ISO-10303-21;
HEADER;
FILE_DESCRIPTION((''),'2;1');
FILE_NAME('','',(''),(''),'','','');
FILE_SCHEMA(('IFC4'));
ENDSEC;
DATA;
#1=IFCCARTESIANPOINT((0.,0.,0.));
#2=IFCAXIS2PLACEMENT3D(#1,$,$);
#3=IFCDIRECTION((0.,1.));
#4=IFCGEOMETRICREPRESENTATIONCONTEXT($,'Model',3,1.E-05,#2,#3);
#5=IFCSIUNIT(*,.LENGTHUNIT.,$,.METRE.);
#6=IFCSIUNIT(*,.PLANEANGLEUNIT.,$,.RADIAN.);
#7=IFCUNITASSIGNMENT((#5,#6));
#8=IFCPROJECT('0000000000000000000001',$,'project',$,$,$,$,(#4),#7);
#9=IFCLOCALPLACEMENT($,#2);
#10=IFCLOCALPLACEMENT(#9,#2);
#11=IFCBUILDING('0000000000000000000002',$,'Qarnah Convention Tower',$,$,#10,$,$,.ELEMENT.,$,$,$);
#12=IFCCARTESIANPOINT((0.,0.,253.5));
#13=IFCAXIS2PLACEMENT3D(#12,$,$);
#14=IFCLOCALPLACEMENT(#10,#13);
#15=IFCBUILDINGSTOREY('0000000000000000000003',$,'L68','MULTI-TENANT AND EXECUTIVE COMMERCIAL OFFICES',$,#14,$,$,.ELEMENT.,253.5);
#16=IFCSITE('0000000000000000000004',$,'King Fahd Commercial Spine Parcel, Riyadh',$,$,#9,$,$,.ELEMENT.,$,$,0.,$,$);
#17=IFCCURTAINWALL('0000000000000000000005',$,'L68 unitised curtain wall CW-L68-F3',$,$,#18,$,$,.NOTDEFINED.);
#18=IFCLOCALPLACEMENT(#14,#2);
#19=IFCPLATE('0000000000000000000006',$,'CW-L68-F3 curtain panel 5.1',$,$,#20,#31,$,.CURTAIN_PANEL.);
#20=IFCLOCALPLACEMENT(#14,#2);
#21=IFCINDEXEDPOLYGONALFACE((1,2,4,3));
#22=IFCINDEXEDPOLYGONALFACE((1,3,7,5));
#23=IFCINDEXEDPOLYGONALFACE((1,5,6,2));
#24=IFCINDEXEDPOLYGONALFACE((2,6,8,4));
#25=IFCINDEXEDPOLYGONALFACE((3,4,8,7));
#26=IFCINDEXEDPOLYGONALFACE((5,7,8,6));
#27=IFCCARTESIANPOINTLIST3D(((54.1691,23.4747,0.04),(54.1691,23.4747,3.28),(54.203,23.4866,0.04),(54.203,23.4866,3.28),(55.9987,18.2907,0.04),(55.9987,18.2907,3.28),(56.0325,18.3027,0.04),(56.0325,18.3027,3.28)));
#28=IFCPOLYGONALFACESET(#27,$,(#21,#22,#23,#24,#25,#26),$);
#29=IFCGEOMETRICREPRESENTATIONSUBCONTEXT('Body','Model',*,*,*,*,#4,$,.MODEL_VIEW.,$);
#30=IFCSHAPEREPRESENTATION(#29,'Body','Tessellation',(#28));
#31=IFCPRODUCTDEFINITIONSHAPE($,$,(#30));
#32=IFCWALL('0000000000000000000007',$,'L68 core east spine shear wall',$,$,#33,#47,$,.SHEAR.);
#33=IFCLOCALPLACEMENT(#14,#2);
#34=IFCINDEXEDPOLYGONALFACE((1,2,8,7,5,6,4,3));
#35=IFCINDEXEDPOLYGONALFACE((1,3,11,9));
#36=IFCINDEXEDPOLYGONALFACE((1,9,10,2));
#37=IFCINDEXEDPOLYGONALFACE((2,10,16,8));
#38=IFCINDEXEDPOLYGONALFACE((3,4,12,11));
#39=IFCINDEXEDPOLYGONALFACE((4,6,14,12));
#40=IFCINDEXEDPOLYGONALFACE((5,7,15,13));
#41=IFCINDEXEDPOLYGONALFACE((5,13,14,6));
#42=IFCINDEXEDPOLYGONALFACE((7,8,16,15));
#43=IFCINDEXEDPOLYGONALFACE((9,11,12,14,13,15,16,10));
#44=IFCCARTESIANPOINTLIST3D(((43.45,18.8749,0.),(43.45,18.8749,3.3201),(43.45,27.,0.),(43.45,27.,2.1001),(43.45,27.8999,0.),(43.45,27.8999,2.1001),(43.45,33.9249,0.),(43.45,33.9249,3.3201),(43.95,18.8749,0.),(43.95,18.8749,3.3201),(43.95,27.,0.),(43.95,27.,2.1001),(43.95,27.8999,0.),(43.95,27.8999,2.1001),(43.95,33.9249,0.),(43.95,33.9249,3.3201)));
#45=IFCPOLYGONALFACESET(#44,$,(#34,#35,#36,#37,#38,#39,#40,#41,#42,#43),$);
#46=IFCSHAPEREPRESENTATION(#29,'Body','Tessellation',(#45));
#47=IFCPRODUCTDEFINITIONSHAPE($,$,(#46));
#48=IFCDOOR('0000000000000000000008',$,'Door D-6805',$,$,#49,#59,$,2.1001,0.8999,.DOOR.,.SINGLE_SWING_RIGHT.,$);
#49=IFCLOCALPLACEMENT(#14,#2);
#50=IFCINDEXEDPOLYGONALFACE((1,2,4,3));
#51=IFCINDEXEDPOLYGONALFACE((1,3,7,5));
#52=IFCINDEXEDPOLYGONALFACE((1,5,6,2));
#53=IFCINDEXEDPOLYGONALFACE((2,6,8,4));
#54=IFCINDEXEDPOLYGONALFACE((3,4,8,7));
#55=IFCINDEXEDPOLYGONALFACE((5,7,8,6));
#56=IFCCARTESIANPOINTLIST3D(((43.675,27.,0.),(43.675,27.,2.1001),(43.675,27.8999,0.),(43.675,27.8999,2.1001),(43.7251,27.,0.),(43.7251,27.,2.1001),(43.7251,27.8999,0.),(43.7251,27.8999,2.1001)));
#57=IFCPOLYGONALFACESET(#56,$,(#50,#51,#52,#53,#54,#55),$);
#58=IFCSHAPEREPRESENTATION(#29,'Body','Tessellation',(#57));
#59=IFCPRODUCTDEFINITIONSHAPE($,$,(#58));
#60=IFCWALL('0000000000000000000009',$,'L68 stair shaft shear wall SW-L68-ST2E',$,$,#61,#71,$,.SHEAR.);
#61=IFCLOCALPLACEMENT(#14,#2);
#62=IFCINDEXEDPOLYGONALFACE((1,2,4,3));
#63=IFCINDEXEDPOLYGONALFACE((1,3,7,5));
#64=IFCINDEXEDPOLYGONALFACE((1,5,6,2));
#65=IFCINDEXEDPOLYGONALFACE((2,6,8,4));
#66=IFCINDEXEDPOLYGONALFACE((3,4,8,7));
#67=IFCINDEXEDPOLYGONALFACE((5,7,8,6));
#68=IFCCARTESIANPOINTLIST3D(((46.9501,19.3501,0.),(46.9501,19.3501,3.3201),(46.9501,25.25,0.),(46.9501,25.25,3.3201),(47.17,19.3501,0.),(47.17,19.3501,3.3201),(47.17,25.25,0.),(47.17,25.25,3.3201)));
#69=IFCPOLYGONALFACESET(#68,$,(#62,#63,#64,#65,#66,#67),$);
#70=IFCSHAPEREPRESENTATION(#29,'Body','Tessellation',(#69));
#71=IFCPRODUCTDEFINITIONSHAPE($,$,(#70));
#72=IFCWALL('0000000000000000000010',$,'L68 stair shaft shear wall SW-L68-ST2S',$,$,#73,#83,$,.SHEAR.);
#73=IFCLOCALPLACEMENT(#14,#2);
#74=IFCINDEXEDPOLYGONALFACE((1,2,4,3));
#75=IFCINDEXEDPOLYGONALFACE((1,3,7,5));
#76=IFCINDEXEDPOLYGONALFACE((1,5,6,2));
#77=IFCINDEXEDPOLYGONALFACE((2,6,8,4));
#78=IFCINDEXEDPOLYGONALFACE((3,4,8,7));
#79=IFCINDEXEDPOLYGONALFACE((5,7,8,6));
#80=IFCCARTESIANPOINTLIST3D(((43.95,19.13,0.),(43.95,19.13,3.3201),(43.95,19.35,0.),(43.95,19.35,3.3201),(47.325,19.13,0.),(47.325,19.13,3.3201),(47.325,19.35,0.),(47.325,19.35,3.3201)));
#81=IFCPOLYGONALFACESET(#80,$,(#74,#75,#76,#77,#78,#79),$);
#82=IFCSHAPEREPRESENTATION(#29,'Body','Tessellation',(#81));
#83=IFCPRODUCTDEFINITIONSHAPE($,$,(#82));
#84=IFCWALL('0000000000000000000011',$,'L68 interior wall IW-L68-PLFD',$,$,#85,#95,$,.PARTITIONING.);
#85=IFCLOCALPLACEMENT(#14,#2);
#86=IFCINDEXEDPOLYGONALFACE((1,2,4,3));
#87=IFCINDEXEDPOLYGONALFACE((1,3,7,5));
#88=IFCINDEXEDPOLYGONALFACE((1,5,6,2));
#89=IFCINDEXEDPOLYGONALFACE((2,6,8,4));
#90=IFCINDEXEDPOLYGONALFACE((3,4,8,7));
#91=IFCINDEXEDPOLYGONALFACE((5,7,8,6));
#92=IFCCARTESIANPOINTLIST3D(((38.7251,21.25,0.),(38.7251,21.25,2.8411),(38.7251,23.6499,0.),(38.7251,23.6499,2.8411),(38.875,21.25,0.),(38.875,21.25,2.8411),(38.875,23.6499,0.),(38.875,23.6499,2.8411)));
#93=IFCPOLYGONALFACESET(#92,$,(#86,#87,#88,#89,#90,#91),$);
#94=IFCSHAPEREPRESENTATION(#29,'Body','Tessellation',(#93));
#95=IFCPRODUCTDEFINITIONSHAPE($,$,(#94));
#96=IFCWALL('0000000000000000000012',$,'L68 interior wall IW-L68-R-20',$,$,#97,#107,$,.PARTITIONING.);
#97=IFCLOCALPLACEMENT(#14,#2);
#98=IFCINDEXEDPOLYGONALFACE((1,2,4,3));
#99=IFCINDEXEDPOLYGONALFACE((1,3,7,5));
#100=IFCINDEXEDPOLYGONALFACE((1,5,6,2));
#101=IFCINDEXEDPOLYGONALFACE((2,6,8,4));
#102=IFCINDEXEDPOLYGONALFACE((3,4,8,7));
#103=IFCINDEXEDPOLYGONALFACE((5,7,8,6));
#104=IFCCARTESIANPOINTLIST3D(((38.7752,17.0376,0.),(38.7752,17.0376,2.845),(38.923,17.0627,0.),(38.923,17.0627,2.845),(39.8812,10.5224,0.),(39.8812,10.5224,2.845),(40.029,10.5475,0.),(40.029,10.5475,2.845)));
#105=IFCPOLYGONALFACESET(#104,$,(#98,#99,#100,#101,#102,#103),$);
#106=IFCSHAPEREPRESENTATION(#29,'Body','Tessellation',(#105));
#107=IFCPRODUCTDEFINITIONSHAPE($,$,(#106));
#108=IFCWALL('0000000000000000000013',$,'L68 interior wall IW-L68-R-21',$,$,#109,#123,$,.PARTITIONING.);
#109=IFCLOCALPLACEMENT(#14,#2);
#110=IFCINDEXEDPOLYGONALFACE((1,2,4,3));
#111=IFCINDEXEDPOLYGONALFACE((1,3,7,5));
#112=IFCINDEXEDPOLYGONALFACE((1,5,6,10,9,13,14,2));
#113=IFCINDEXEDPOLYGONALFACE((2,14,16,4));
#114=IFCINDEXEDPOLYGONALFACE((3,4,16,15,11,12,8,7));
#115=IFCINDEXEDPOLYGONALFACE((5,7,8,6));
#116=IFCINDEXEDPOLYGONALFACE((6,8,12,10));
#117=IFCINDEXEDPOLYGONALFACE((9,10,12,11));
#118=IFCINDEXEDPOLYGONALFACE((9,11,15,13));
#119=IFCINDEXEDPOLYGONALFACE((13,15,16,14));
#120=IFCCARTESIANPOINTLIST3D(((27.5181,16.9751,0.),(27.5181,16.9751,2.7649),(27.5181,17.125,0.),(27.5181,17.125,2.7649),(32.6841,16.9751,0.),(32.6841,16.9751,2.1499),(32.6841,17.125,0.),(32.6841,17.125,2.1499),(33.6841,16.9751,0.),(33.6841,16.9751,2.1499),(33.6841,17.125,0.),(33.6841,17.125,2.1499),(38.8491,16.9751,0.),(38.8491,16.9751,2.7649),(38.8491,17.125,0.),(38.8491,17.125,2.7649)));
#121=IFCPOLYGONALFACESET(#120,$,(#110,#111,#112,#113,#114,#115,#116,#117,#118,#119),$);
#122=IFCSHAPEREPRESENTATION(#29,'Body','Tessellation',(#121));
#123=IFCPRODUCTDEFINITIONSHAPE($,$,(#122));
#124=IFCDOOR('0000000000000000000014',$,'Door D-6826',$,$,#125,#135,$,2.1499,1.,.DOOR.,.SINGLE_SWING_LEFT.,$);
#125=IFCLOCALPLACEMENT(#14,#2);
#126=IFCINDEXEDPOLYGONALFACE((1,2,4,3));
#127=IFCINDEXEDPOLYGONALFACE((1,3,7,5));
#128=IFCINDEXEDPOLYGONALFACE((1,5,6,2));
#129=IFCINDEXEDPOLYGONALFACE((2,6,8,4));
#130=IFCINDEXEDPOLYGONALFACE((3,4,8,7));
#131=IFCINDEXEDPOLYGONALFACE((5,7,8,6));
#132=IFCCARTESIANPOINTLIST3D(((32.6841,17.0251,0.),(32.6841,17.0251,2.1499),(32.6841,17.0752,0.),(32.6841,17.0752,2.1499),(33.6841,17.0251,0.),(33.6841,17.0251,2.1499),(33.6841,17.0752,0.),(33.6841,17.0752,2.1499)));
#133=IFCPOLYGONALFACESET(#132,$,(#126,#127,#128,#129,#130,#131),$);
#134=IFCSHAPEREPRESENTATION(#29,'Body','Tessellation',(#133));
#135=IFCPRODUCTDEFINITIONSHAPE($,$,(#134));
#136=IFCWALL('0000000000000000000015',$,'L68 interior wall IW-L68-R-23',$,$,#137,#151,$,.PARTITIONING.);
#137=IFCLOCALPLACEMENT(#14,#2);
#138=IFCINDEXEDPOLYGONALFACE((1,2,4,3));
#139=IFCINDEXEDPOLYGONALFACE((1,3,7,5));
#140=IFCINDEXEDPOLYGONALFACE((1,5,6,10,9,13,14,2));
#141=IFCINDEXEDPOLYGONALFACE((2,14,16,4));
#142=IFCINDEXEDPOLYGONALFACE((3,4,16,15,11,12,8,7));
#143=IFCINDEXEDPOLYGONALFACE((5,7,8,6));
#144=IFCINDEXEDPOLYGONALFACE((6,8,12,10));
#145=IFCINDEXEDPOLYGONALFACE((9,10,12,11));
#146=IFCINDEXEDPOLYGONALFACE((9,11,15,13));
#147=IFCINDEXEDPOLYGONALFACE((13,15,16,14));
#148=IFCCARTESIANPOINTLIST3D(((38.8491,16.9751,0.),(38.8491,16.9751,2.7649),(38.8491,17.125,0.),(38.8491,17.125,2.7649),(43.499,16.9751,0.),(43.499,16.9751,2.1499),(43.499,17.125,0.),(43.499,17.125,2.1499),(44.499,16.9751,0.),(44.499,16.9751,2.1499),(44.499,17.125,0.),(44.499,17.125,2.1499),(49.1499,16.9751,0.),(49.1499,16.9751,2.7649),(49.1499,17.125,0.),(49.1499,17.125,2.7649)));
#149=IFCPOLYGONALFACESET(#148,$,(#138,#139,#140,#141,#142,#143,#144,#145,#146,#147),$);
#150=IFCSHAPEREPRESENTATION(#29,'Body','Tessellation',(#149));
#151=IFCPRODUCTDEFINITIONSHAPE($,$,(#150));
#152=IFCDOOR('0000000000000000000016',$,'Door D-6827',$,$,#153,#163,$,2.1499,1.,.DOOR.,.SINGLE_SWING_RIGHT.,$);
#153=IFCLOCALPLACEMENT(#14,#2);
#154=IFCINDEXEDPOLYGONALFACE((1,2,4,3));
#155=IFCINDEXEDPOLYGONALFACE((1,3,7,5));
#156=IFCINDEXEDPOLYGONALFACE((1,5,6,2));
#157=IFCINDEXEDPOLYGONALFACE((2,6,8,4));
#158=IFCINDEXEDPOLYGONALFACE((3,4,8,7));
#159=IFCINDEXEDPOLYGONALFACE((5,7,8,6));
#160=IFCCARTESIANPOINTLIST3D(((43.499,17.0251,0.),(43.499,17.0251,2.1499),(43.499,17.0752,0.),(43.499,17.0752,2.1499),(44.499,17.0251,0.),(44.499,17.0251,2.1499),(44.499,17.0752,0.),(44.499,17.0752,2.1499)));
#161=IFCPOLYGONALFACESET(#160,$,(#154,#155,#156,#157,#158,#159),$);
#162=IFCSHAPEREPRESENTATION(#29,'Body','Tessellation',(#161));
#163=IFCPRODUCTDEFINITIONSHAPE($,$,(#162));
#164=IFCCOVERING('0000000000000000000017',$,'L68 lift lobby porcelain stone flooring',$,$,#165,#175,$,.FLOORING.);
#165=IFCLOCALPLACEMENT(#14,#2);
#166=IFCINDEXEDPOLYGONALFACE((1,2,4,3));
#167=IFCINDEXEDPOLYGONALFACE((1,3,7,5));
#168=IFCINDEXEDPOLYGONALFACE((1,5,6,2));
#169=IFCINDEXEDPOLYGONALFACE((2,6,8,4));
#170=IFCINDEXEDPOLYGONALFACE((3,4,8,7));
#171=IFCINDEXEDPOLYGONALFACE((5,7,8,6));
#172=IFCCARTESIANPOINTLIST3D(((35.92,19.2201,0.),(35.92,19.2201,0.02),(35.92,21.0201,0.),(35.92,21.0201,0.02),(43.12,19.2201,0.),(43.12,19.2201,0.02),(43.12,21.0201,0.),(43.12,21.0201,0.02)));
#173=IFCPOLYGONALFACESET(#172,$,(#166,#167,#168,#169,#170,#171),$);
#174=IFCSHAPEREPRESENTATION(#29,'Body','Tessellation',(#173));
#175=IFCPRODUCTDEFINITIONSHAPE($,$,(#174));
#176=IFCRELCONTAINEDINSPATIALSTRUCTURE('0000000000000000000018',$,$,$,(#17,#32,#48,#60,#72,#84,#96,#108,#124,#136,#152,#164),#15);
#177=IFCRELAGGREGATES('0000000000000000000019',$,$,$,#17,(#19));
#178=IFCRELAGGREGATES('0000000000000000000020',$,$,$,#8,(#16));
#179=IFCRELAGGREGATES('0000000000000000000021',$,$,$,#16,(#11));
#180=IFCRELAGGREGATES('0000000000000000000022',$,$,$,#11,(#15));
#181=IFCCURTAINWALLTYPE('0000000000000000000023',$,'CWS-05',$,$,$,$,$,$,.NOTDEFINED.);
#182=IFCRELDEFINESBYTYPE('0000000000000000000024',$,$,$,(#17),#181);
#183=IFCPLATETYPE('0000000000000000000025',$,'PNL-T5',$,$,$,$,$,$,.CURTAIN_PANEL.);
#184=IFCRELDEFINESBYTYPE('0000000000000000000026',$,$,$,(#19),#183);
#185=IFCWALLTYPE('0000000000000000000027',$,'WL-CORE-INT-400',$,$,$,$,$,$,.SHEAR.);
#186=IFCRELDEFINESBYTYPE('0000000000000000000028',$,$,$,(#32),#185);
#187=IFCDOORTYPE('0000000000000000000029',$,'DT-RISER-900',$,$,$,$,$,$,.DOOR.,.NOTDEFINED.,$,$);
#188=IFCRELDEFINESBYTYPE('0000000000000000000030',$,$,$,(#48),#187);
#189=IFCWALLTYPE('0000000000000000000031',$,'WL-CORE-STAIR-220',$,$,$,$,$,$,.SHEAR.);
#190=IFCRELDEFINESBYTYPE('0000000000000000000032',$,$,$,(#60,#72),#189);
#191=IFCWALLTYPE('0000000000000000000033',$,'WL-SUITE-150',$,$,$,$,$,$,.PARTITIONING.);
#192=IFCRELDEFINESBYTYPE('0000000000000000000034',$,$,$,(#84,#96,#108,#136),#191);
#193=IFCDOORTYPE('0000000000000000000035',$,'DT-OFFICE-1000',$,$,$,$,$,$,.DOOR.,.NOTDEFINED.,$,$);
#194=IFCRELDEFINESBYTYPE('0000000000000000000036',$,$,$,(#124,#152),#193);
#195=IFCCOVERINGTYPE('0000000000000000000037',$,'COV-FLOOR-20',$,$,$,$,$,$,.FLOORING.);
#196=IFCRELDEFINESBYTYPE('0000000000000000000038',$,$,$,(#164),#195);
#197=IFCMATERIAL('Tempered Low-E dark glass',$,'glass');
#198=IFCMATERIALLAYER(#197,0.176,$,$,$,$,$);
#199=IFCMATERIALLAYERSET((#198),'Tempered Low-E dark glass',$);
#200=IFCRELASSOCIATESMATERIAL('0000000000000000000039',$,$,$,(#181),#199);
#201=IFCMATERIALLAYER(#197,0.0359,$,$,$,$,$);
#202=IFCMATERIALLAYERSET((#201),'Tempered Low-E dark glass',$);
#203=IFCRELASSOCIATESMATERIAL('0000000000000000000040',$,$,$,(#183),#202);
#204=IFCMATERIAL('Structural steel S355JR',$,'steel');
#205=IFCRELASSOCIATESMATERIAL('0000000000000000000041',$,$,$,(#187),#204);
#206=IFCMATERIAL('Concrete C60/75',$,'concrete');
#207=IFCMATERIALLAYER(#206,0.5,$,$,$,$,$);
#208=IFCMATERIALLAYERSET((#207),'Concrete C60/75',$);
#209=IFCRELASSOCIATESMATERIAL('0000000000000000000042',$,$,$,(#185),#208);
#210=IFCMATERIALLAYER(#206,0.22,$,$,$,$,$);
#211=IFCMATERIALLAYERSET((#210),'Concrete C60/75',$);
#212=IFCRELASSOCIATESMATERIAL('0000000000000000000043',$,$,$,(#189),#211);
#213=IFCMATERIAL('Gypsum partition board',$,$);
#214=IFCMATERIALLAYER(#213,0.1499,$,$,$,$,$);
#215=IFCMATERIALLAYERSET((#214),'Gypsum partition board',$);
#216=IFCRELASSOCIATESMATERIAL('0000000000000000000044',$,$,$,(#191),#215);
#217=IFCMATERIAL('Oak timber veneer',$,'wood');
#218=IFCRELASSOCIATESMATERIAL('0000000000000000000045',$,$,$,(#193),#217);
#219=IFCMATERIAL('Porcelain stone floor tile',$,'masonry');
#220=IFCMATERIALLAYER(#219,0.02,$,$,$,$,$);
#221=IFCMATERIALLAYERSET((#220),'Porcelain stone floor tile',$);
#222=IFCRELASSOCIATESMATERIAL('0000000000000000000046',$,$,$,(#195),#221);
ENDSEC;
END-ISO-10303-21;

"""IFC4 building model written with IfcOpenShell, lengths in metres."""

from ifc_helpers import new_model, si_unit, direction, frame, frame_2d, origin, origin_2d, place, context, subcontext, project, spatial, rectangle, extrude, material, layer, layer_set, type_object, element, fill, aggregate, save


model = new_model("IFC4")

# Units and contexts
model_context = context("Model", 3, precision=1e-05, world=origin(), true_north=direction((0.0, 1.0)))
body_context = subcontext(model_context, "Body", "Model", "MODEL_VIEW")
ifc_project = project(units=[si_unit("LENGTHUNIT", "METRE"), si_unit("PLANEANGLEUNIT", "RADIAN")], contexts=[model_context])

# Site, building, storey
site_placement = place(None, origin())
site = spatial("IfcSite", under=ifc_project, at=site_placement, Name="King Fahd Commercial Spine Parcel, Riyadh", CompositionType="ELEMENT", RefElevation=0.0)
building_placement = place(site_placement, origin())
building = spatial("IfcBuilding", under=site, at=building_placement, Name="Qarnah Convention Tower", CompositionType="ELEMENT")
storey_placement = place(building_placement, frame((0.0, 0.0, 253.5)))
storey = spatial("IfcBuildingStorey", under=building, at=storey_placement, Name="L68", Description="MULTI-TENANT AND EXECUTIVE COMMERCIAL OFFICES", CompositionType="ELEMENT", Elevation=253.5)

# Shared definitions
ifc_material_1 = material(Name="Structural steel S355JR", Category="steel")

# Shared definitions
ifc_material_2 = material(Name="Tempered Low-E dark glass", Category="glass")
ifc_layer_1 = layer(ifc_material_2, 0.176)
ifc_layer_set_1 = layer_set([ifc_layer_1], Name="Tempered Low-E dark glass")
curtain_wall_type = type_object("IfcCurtainWallType", Name="CWS-05", PredefinedType="NOTDEFINED", material=ifc_layer_set_1)

# Curtain wall
curtain_wall_1_placement = place(storey_placement, origin())
curtain_wall_1 = element("IfcCurtainWall", 1, at=curtain_wall_1_placement, inside=storey, type_object=curtain_wall_type, Name="L68 unitised curtain wall CW-L68-F3", PredefinedType="NOTDEFINED")

# Plate
ifc_layer_2 = layer(ifc_material_2, 0.0359)
ifc_layer_set_2 = layer_set([ifc_layer_2], Name="Tempered Low-E dark glass")
plate_type = type_object("IfcPlateType", Name="PNL-T5", PredefinedType="CURTAIN_PANEL", material=ifc_layer_set_2)
plate_1_placement = place(storey_placement, frame((55.1008, 20.8887, 0.04), z_axis=(0.0, 0.0, 1.0), x_axis=(0.332811, -0.942994, 0.0)))
plate_1 = element("IfcPlate", 2, at=plate_1_placement, type_object=plate_type, Name="CW-L68-F3 curtain panel 5.1", PredefinedType="CURTAIN_PANEL", context=body_context, shape_type="SweptSolid", body=[
    extrude(rectangle(XDim=5.4973, YDim=0.0359, at=origin_2d()), origin(), (0.0, 0.0, 1.0), 3.24),
])
aggregate(curtain_wall_1, [plate_1])

# Shared definitions
ifc_material_3 = material(Name="Concrete C60/75", Category="concrete")
door_type_1 = type_object("IfcDoorType", Name="DT-RISER-900", OperationType="NOTDEFINED", PredefinedType="DOOR", material=ifc_material_1)

# Wall, opening, door
ifc_layer_3 = layer(ifc_material_3, 0.5)
ifc_layer_set_3 = layer_set([ifc_layer_3], Name="Concrete C60/75")
wall_type_1 = type_object("IfcWallType", Name="WL-CORE-INT-400", PredefinedType="SHEAR", material=ifc_layer_set_3)
wall_1_placement = place(storey_placement, frame((43.7, 18.875, 0.0), z_axis=(0.0, 0.0, 1.0), x_axis=(0.0, 1.0, 0.0)))
wall_1 = element("IfcWall", 3, at=wall_1_placement, inside=storey, type_object=wall_type_1, Name="L68 core east spine shear wall", PredefinedType="SHEAR", context=body_context, shape_type="SweptSolid", body=[
    extrude(rectangle(XDim=15.05, YDim=0.5, at=frame_2d((7.5249, 0.0))), origin(), (0.0, 0.0, 1.0), 3.3201),
])
opening_1_placement = place(wall_1_placement, frame((8.125, 0.0, 0.0)))
opening_1 = element("IfcOpeningElement", 4, at=opening_1_placement, cuts=wall_1, PredefinedType="OPENING", context=body_context, shape_type="SweptSolid", body=[
    extrude(rectangle(XDim=0.8999, YDim=2.1001, at=frame_2d((0.45, 1.05))), frame((0.0, 0.26, 0.0), z_axis=(0.0, -1.0, 0.0), x_axis=(1.0, 0.0, 0.0)), (0.0, 0.0, 1.0), 0.52),
])
door_1_placement = place(opening_1_placement, origin())
door_1 = element("IfcDoor", 5, at=door_1_placement, inside=storey, type_object=door_type_1, Name="Door D-6805", OperationType="SINGLE_SWING_RIGHT", OverallHeight=2.1001, OverallWidth=0.8999, PredefinedType="DOOR", context=body_context, shape_type="SweptSolid", body=[
    extrude(rectangle(XDim=0.8999, YDim=2.1001, at=frame_2d((0.45, 1.05))), frame((0.0, 0.0249, 0.0), z_axis=(0.0, -1.0, 0.0), x_axis=(1.0, 0.0, 0.0)), (0.0, 0.0, 1.0), 0.05),
])
fill(opening_1, door_1)

# Walls
ifc_layer_4 = layer(ifc_material_3, 0.22)
ifc_layer_set_4 = layer_set([ifc_layer_4], Name="Concrete C60/75")
wall_type_2 = type_object("IfcWallType", Name="WL-CORE-STAIR-220", PredefinedType="SHEAR", material=ifc_layer_set_4)
wall_2_placement = place(storey_placement, frame((47.0601, 19.3501, 0.0), z_axis=(0.0, 0.0, 1.0), x_axis=(0.0, 1.0, 0.0)))
element("IfcWall", 6, at=wall_2_placement, inside=storey, type_object=wall_type_2, Name="L68 stair shaft shear wall SW-L68-ST2E", PredefinedType="SHEAR", context=body_context, shape_type="SweptSolid", body=[
    extrude(rectangle(XDim=5.8999, YDim=0.22, at=frame_2d((2.95, 0.0))), origin(), (0.0, 0.0, 1.0), 3.3201),
])
wall_3_placement = place(storey_placement, frame((43.95, 19.24, 0.0), z_axis=(0.0, 0.0, 1.0), x_axis=(1.0, 0.0, 0.0)))
element("IfcWall", 7, at=wall_3_placement, inside=storey, type_object=wall_type_2, Name="L68 stair shaft shear wall SW-L68-ST2S", PredefinedType="SHEAR", context=body_context, shape_type="SweptSolid", body=[
    extrude(rectangle(XDim=3.375, YDim=0.22, at=frame_2d((1.6875, 0.0))), origin(), (0.0, 0.0, 1.0), 3.3201),
])

# Walls
ifc_material_4 = material(Name="Gypsum partition board")
ifc_layer_5 = layer(ifc_material_4, 0.1499)
ifc_layer_set_5 = layer_set([ifc_layer_5], Name="Gypsum partition board")
wall_type_3 = type_object("IfcWallType", Name="WL-SUITE-150", PredefinedType="PARTITIONING", material=ifc_layer_set_5)
wall_4_placement = place(storey_placement, frame((38.8, 21.25, 0.0), z_axis=(0.0, 0.0, 1.0), x_axis=(0.0, 1.0, 0.0)))
element("IfcWall", 8, at=wall_4_placement, inside=storey, type_object=wall_type_3, Name="L68 interior wall IW-L68-PLFD", PredefinedType="PARTITIONING", context=body_context, shape_type="SweptSolid", body=[
    extrude(rectangle(XDim=2.3999, YDim=0.1499, at=frame_2d((1.2, 0.0))), origin(), (0.0, 0.0, 1.0), 2.8411),
])
wall_5_placement = place(storey_placement, frame((39.9551, 10.5349, 0.0), z_axis=(0.0, 0.0, 1.0), x_axis=(-0.167358, 0.985896, 0.0)))
element("IfcWall", 9, at=wall_5_placement, inside=storey, type_object=wall_type_3, Name="L68 interior wall IW-L68-R-20", PredefinedType="PARTITIONING", context=body_context, shape_type="SweptSolid", body=[
    extrude(rectangle(XDim=6.6084, YDim=0.1499, at=frame_2d((3.3042, 0.0))), origin(), (0.0, 0.0, 1.0), 2.845),
])

# Walls, openings, doors
wall_6_placement = place(storey_placement, frame((38.8491, 17.05, 0.0), z_axis=(0.0, 0.0, 1.0), x_axis=(-1.0, 0.0, 0.0)))
wall_6 = element("IfcWall", 10, at=wall_6_placement, inside=storey, type_object=wall_type_3, Name="L68 interior wall IW-L68-R-21", PredefinedType="PARTITIONING", context=body_context, shape_type="SweptSolid", body=[
    extrude(rectangle(XDim=11.3311, YDim=0.1499, at=frame_2d((5.6655, 0.0))), origin(), (0.0, 0.0, 1.0), 2.7649),
])
opening_2_placement = place(wall_6_placement, frame((5.165, 0.0, 0.0)))
opening_2 = element("IfcOpeningElement", 11, at=opening_2_placement, cuts=wall_6, PredefinedType="OPENING", context=body_context, shape_type="SweptSolid", body=[
    extrude(rectangle(XDim=1.0, YDim=2.1499, at=frame_2d((0.5, 1.075))), frame((0.0, 0.085, 0.0), z_axis=(0.0, -1.0, 0.0), x_axis=(1.0, 0.0, 0.0)), (0.0, 0.0, 1.0), 0.1699),
])
ifc_material_5 = material(Name="Oak timber veneer", Category="wood")
door_type_2 = type_object("IfcDoorType", Name="DT-OFFICE-1000", OperationType="NOTDEFINED", PredefinedType="DOOR", material=ifc_material_5)
door_2_placement = place(opening_2_placement, origin())
door_2 = element("IfcDoor", 12, at=door_2_placement, inside=storey, type_object=door_type_2, Name="Door D-6826", OperationType="SINGLE_SWING_LEFT", OverallHeight=2.1499, OverallWidth=1.0, PredefinedType="DOOR", context=body_context, shape_type="SweptSolid", body=[
    extrude(rectangle(XDim=1.0, YDim=2.1499, at=frame_2d((0.5, 1.075))), frame((0.0, 0.0249, 0.0), z_axis=(0.0, -1.0, 0.0), x_axis=(1.0, 0.0, 0.0)), (0.0, 0.0, 1.0), 0.05),
])
fill(opening_2, door_2)
wall_7_placement = place(storey_placement, frame((49.1499, 17.05, 0.0), z_axis=(0.0, 0.0, 1.0), x_axis=(-1.0, 0.0, 0.0)))
wall_7 = element("IfcWall", 13, at=wall_7_placement, inside=storey, type_object=wall_type_3, Name="L68 interior wall IW-L68-R-23", PredefinedType="PARTITIONING", context=body_context, shape_type="SweptSolid", body=[
    extrude(rectangle(XDim=10.3008, YDim=0.1499, at=frame_2d((5.1504, 0.0))), origin(), (0.0, 0.0, 1.0), 2.7649),
])
opening_3_placement = place(wall_7_placement, frame((4.6509, 0.0, 0.0)))
opening_3 = element("IfcOpeningElement", 14, at=opening_3_placement, cuts=wall_7, PredefinedType="OPENING", context=body_context, shape_type="SweptSolid", body=[
    extrude(rectangle(XDim=1.0, YDim=2.1499, at=frame_2d((0.5, 1.075))), frame((0.0, 0.085, 0.0), z_axis=(0.0, -1.0, 0.0), x_axis=(1.0, 0.0, 0.0)), (0.0, 0.0, 1.0), 0.1699),
])
door_3_placement = place(opening_3_placement, origin())
door_3 = element("IfcDoor", 15, at=door_3_placement, inside=storey, type_object=door_type_2, Name="Door D-6827", OperationType="SINGLE_SWING_RIGHT", OverallHeight=2.1499, OverallWidth=1.0, PredefinedType="DOOR", context=body_context, shape_type="SweptSolid", body=[
    extrude(rectangle(XDim=1.0, YDim=2.1499, at=frame_2d((0.5, 1.075))), frame((0.0, 0.0249, 0.0), z_axis=(0.0, -1.0, 0.0), x_axis=(1.0, 0.0, 0.0)), (0.0, 0.0, 1.0), 0.05),
])
fill(opening_3, door_3)

# Covering
ifc_material_6 = material(Name="Porcelain stone floor tile", Category="masonry")
ifc_layer_6 = layer(ifc_material_6, 0.02)
ifc_layer_set_6 = layer_set([ifc_layer_6], Name="Porcelain stone floor tile")
covering_type = type_object("IfcCoveringType", Name="COV-FLOOR-20", PredefinedType="FLOORING", material=ifc_layer_set_6)
covering_placement = place(storey_placement, frame((39.52, 20.1201, 0.0), z_axis=(0.0, 0.0, 1.0), x_axis=(1.0, 0.0, 0.0)))
element("IfcCovering", 16, at=covering_placement, inside=storey, type_object=covering_type, Name="L68 lift lobby porcelain stone flooring", PredefinedType="FLOORING", context=body_context, shape_type="SweptSolid", body=[
    extrude(rectangle(XDim=7.2, YDim=1.8, at=origin_2d()), origin(), (0.0, 0.0, 1.0), 0.02),
])

save(model, "model.ifc")
